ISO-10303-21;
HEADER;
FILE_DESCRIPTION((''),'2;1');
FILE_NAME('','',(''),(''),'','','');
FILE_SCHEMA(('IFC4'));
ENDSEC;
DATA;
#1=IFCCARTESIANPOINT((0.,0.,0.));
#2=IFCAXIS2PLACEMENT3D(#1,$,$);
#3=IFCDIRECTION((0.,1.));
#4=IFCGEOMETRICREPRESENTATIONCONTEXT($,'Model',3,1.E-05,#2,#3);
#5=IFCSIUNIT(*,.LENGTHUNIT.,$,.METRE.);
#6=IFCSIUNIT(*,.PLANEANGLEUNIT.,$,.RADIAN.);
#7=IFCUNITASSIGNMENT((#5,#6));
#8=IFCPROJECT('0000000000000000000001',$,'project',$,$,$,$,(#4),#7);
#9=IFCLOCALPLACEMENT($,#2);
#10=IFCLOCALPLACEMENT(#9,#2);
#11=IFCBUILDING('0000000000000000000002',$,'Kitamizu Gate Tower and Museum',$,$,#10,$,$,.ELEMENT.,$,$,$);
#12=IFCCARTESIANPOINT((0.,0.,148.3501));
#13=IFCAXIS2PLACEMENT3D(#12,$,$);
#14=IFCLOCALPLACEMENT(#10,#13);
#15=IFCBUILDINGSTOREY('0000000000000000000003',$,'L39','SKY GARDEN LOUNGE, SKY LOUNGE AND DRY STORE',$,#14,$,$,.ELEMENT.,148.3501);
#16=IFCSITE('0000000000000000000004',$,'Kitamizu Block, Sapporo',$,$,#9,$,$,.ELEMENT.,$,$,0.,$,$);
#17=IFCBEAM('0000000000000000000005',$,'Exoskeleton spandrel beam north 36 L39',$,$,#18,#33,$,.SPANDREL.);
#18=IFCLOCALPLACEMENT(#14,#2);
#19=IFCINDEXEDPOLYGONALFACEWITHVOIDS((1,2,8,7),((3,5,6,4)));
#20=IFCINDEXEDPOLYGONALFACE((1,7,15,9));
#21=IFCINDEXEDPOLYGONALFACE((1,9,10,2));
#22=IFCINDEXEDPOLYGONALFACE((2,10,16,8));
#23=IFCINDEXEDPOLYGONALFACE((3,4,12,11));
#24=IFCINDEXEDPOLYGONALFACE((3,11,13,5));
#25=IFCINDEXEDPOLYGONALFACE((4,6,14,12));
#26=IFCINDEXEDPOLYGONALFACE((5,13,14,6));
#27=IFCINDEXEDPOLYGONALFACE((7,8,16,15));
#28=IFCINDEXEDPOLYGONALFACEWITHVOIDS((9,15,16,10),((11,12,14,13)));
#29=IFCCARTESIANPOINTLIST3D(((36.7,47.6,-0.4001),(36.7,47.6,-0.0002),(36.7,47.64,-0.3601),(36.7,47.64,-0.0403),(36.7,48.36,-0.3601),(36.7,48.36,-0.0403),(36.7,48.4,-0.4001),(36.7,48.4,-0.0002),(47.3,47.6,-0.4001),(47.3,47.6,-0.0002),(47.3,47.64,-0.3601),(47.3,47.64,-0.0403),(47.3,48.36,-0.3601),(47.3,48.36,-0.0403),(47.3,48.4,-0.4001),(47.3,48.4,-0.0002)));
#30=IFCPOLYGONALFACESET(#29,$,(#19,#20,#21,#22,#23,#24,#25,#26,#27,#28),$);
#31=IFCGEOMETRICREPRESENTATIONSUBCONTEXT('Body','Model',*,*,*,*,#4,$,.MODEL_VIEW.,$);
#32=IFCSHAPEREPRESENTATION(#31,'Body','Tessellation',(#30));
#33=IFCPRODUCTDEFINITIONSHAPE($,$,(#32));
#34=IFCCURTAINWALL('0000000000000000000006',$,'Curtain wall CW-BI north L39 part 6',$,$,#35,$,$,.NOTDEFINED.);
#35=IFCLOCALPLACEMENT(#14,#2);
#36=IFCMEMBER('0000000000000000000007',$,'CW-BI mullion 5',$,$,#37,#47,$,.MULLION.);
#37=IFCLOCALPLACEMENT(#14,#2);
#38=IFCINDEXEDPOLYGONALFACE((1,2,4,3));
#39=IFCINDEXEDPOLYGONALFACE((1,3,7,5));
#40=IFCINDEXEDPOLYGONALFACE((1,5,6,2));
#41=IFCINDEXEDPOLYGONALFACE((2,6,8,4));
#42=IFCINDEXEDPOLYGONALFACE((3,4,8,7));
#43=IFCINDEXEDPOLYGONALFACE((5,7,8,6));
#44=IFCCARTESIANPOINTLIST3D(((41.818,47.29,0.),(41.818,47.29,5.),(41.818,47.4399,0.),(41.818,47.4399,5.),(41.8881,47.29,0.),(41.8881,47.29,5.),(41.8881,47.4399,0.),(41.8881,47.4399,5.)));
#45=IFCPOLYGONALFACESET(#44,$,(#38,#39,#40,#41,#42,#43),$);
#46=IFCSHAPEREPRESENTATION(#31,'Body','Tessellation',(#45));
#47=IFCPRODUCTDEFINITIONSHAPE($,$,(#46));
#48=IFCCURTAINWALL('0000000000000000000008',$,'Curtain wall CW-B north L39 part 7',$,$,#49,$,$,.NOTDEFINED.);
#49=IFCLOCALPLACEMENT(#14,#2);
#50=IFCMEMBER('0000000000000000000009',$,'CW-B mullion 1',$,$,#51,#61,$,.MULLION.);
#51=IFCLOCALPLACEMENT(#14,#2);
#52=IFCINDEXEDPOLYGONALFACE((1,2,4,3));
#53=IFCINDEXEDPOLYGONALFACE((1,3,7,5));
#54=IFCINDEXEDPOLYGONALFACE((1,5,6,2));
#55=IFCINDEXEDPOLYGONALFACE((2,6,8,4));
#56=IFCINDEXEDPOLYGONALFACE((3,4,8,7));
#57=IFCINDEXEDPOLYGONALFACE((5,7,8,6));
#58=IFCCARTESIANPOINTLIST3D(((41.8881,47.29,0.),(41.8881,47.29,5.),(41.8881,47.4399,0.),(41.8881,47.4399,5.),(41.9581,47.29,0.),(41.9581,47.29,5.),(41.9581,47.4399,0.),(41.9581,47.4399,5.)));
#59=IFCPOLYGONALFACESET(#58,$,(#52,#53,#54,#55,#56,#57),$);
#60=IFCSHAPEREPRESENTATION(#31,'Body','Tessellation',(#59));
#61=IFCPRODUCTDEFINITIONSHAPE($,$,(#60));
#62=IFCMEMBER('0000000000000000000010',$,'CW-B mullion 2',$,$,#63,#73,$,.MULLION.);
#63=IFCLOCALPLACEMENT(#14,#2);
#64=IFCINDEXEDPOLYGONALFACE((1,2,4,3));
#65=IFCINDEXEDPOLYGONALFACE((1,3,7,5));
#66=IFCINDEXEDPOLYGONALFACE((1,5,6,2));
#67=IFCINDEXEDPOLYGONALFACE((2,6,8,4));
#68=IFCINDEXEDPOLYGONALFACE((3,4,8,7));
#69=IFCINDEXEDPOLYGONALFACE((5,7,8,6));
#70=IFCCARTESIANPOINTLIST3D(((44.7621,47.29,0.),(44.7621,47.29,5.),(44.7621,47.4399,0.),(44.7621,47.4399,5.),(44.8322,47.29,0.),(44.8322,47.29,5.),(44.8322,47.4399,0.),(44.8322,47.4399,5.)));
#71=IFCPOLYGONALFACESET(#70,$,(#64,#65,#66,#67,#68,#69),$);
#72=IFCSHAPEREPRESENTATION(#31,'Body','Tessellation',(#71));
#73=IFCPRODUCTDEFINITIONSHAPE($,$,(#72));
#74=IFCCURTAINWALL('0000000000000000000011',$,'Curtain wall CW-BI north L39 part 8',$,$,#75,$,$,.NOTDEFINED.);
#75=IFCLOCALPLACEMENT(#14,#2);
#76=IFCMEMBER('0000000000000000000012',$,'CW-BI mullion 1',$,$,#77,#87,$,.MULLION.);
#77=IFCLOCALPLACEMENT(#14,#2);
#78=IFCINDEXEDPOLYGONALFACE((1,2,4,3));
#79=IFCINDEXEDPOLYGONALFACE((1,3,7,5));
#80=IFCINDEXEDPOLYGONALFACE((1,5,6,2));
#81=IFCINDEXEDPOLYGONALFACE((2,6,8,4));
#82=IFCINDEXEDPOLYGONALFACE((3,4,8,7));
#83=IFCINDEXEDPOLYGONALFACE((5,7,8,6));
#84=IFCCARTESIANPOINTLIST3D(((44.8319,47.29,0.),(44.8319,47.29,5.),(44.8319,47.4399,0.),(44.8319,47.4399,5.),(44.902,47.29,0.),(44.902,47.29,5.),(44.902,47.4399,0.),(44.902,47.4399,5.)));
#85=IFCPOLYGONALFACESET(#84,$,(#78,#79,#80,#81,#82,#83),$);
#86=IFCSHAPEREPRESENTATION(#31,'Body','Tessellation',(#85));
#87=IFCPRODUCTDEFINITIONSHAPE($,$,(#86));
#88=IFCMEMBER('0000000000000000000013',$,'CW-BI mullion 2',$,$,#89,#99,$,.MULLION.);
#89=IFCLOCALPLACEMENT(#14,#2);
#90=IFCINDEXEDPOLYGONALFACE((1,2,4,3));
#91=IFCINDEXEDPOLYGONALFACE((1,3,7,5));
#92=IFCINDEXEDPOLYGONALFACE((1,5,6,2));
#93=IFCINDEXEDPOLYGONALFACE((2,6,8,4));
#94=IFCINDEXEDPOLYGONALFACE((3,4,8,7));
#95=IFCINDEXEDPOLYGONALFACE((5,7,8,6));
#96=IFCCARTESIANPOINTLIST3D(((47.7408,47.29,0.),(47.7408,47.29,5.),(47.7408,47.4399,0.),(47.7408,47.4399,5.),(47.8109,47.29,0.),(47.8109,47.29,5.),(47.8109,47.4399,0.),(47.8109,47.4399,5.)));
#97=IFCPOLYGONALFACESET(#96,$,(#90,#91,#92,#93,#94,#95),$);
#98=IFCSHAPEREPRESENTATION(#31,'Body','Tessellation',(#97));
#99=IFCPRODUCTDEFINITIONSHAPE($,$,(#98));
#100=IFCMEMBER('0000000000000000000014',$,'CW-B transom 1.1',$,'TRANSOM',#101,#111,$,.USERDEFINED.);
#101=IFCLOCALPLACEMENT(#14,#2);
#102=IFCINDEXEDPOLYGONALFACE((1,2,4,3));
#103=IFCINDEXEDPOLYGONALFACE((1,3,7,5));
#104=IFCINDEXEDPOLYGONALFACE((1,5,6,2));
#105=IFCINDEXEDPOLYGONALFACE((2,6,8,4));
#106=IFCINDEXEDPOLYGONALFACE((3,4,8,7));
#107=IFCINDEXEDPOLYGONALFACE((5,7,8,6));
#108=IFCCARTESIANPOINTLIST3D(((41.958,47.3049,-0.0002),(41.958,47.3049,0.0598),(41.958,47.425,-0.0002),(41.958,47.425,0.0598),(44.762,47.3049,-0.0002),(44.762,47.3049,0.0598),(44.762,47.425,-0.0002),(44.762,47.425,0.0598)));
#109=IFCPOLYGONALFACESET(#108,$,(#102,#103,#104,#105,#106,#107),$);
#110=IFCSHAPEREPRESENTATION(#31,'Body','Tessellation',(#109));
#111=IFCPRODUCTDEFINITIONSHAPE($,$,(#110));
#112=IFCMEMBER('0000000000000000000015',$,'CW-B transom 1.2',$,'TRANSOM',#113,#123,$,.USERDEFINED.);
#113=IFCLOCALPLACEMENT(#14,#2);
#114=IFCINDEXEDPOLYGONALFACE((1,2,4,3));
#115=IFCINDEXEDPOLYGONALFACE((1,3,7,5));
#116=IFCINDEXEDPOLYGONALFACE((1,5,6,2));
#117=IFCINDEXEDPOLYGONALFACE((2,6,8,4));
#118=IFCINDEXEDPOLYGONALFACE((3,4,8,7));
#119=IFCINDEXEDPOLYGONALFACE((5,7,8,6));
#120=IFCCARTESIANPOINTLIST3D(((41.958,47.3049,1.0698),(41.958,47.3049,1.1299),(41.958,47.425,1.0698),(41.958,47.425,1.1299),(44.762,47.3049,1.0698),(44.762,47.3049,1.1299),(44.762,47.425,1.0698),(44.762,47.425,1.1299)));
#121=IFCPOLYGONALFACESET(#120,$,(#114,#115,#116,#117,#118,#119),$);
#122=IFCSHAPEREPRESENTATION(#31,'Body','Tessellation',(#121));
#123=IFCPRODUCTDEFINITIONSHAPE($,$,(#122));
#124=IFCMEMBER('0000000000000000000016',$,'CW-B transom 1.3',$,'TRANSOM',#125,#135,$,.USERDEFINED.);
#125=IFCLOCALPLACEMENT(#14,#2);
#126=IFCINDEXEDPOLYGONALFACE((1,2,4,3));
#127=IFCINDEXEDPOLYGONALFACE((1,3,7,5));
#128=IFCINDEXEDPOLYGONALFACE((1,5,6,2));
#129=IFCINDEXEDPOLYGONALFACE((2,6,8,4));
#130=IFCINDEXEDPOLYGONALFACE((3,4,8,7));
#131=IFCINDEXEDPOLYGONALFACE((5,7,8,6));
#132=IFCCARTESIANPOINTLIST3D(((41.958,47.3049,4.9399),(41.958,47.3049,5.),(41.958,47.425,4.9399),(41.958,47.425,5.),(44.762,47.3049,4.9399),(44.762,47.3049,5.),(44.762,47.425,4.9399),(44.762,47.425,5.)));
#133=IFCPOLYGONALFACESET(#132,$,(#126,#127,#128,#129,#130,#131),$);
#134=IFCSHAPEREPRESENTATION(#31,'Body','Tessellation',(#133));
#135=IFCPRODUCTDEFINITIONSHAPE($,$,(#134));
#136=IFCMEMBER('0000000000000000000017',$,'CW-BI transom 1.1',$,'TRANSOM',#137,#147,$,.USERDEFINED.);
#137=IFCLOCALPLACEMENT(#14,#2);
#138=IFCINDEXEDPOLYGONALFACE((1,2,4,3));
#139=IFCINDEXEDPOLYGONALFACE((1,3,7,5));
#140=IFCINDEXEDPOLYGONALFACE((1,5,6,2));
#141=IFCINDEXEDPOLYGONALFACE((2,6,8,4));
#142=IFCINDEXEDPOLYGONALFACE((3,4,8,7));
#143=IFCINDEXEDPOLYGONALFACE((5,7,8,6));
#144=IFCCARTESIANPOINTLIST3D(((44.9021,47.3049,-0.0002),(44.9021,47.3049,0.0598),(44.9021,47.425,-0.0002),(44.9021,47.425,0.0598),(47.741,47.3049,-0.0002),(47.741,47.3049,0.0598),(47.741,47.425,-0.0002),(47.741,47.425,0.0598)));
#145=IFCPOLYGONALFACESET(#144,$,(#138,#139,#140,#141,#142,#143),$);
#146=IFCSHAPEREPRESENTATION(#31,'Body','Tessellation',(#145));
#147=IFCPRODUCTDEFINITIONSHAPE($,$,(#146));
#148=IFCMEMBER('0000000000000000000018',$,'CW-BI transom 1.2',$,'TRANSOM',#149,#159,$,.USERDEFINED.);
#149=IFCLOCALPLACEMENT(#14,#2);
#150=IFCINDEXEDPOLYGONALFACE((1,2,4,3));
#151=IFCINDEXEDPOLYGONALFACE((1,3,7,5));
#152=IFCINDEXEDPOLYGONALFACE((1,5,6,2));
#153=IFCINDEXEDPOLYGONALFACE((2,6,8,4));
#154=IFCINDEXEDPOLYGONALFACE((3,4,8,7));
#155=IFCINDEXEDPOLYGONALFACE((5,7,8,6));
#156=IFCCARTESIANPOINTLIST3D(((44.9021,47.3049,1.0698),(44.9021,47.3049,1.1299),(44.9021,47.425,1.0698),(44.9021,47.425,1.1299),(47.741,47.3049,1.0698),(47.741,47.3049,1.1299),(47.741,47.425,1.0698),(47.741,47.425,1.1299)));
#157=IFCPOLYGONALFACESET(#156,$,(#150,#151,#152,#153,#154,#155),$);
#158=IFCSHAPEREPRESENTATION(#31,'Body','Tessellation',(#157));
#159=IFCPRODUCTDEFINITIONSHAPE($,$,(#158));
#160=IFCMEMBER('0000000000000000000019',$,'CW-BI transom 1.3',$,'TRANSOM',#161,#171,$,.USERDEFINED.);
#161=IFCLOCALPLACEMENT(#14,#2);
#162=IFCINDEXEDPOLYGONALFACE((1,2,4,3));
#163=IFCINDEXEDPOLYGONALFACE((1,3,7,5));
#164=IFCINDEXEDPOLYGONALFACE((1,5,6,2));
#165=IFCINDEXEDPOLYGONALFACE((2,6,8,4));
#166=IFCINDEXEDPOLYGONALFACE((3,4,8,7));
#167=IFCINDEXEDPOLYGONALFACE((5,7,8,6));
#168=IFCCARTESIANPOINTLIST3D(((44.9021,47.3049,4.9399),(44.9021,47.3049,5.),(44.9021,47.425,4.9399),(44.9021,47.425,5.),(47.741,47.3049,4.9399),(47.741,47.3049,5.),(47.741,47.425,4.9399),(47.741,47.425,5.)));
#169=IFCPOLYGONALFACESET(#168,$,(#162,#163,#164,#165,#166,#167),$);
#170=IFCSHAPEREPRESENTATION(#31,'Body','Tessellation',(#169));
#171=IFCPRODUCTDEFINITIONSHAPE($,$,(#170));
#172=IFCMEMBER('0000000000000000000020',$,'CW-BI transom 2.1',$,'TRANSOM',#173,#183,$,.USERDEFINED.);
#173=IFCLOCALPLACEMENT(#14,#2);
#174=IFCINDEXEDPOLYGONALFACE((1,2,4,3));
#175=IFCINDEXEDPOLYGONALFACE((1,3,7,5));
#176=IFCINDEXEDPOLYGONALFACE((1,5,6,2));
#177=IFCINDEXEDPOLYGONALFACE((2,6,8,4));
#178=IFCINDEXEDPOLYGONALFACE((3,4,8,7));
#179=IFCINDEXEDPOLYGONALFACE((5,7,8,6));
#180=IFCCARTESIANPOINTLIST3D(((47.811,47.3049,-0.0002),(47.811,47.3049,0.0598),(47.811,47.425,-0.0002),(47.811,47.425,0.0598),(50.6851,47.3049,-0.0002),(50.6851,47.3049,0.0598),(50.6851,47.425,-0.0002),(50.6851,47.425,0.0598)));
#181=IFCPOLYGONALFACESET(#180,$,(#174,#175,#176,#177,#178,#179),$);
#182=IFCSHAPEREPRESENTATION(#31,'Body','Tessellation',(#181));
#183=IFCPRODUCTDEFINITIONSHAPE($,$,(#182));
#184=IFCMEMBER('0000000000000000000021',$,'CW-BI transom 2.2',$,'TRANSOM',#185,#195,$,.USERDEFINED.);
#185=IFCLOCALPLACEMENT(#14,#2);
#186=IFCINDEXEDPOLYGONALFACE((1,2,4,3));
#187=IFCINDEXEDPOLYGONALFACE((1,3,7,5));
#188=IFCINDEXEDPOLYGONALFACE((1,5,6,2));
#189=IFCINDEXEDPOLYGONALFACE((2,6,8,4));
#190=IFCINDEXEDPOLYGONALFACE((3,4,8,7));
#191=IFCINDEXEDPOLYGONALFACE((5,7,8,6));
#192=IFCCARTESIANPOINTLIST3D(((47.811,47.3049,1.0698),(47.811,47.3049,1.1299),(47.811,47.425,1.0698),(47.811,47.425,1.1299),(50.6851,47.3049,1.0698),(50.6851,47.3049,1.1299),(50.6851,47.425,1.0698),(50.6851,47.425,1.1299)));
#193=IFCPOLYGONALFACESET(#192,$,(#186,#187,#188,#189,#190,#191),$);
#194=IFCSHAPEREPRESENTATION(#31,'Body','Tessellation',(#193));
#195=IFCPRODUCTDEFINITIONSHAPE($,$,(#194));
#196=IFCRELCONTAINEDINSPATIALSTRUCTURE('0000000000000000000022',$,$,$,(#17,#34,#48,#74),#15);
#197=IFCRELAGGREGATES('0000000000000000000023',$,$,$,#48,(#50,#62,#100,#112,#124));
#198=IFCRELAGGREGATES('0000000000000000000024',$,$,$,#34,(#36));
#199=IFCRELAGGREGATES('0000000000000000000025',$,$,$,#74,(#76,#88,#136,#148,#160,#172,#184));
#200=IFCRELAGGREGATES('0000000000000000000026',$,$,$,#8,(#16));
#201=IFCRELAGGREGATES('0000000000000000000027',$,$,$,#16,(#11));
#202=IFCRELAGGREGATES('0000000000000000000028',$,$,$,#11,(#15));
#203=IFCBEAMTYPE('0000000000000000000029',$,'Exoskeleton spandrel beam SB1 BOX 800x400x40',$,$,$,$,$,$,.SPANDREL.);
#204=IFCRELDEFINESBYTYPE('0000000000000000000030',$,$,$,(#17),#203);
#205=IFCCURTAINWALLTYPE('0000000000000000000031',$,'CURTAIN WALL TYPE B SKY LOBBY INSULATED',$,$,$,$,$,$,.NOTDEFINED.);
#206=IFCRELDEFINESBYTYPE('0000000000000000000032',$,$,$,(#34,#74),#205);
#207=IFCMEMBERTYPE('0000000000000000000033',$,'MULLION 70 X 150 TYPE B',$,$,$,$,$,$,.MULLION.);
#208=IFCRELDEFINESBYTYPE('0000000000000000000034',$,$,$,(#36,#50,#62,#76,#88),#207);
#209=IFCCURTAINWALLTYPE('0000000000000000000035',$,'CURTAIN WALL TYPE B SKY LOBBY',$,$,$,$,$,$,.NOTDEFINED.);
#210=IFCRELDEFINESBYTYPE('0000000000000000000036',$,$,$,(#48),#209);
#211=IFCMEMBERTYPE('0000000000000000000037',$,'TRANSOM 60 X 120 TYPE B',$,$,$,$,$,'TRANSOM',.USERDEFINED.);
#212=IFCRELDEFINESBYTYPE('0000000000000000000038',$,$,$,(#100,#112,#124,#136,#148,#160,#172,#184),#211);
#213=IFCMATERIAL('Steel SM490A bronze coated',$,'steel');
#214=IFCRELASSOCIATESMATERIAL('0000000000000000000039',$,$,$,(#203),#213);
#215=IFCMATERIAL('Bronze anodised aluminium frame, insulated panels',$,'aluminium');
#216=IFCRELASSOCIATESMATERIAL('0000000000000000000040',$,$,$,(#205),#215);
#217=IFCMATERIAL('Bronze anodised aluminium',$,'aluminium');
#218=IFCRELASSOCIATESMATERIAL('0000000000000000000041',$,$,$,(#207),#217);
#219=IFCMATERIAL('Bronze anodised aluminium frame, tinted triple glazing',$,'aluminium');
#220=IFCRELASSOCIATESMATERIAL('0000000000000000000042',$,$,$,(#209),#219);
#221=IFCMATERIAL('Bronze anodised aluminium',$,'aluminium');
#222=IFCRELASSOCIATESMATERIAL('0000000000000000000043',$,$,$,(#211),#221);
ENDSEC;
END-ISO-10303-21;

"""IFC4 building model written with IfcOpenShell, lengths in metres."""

from ifc_helpers import new_model, si_unit, direction, frame, origin, origin_2d, place, context, subcontext, project, spatial, rectangle, hollow_rectangle, extrude, material, material_profile, profile_set, type_object, element, aggregate, save


model = new_model("IFC4")

# Units and contexts
model_context = context("Model", 3, precision=1e-05, world=origin(), true_north=direction((0.0, 1.0)))
body_context = subcontext(model_context, "Body", "Model", "MODEL_VIEW")
ifc_project = project(units=[si_unit("LENGTHUNIT", "METRE"), si_unit("PLANEANGLEUNIT", "RADIAN")], contexts=[model_context])

# Site, building, storey
site_placement = place(None, origin())
site = spatial("IfcSite", under=ifc_project, at=site_placement, Name="Kitamizu Block, Sapporo", CompositionType="ELEMENT", RefElevation=0.0)
building_placement = place(site_placement, origin())
building = spatial("IfcBuilding", under=site, at=building_placement, Name="Kitamizu Gate Tower and Museum", CompositionType="ELEMENT")
storey_placement = place(building_placement, frame((0.0, 0.0, 148.3501)))
storey = spatial("IfcBuildingStorey", under=building, at=storey_placement, Name="L39", Description="SKY GARDEN LOUNGE, SKY LOUNGE AND DRY STORE", CompositionType="ELEMENT", Elevation=148.3501)

# Beam
ifc_material_1 = material(Name="Steel SM490A bronze coated", Category="steel")
ifc_material_profile_1 = material_profile(ifc_material_1, hollow_rectangle(XDim=0.8, YDim=0.3999, WallThickness=0.04, at=origin_2d()), Name="BOX 800x400x40")
ifc_profile_set_1 = profile_set([ifc_material_profile_1], Name="Steel SM490A bronze coated")
beam_type = type_object("IfcBeamType", Name="Exoskeleton spandrel beam SB1 BOX 800x400x40", PredefinedType="SPANDREL", material=ifc_profile_set_1)
beam_placement = place(storey_placement, frame((36.7, 48.0, -0.2002), z_axis=(1.0, 0.0, 0.0), x_axis=(0.0, 1.0, 0.0)))
element("IfcBeam", 1, at=beam_placement, inside=storey, type_object=beam_type, Name="Exoskeleton spandrel beam north 36 L39", PredefinedType="SPANDREL", context=body_context, shape_type="SweptSolid", body=[
    extrude(hollow_rectangle(XDim=0.8, YDim=0.3999, WallThickness=0.04, at=origin_2d()), origin(), (0.0, 0.0, 1.0), 10.6001),
])

# Curtain wall, member
ifc_material_2 = material(Name="Bronze anodised aluminium frame, insulated panels", Category="aluminium")
curtain_wall_type_1 = type_object("IfcCurtainWallType", Name="CURTAIN WALL TYPE B SKY LOBBY INSULATED", PredefinedType="NOTDEFINED", material=ifc_material_2)
curtain_wall_1_placement = place(storey_placement, origin())
curtain_wall_1 = element("IfcCurtainWall", 2, at=curtain_wall_1_placement, inside=storey, type_object=curtain_wall_type_1, Name="Curtain wall CW-BI north L39 part 6", PredefinedType="NOTDEFINED")
ifc_material_3 = material(Name="Bronze anodised aluminium", Category="aluminium")
ifc_material_profile_2 = material_profile(ifc_material_3, rectangle(XDim=0.0701, YDim=0.1499, at=origin_2d()), Name="AL 70X150")
ifc_profile_set_2 = profile_set([ifc_material_profile_2], Name="Bronze anodised aluminium")
member_type_1 = type_object("IfcMemberType", Name="MULLION 70 X 150 TYPE B", PredefinedType="MULLION", material=ifc_profile_set_2)
member_1_placement = place(storey_placement, frame((41.853, 47.365, 0.0), z_axis=(0.0, 0.0, 1.0), x_axis=(1.0, 0.0, 0.0)))
member_1 = element("IfcMember", 3, at=member_1_placement, type_object=member_type_1, Name="CW-BI mullion 5", PredefinedType="MULLION", context=body_context, shape_type="SweptSolid", body=[
    extrude(rectangle(XDim=0.0701, YDim=0.1499, at=origin_2d()), origin(), (0.0, 0.0, 1.0), 5.0),
])

# Curtain walls, members
ifc_material_4 = material(Name="Bronze anodised aluminium frame, tinted triple glazing", Category="aluminium")
curtain_wall_type_2 = type_object("IfcCurtainWallType", Name="CURTAIN WALL TYPE B SKY LOBBY", PredefinedType="NOTDEFINED", material=ifc_material_4)
curtain_wall_2_placement = place(storey_placement, origin())
curtain_wall_2 = element("IfcCurtainWall", 4, at=curtain_wall_2_placement, inside=storey, type_object=curtain_wall_type_2, Name="Curtain wall CW-B north L39 part 7", PredefinedType="NOTDEFINED")
member_2_placement = place(storey_placement, frame((41.9231, 47.365, 0.0), z_axis=(0.0, 0.0, 1.0), x_axis=(1.0, 0.0, 0.0)))
member_2 = element("IfcMember", 5, at=member_2_placement, type_object=member_type_1, Name="CW-B mullion 1", PredefinedType="MULLION", context=body_context, shape_type="SweptSolid", body=[
    extrude(rectangle(XDim=0.0701, YDim=0.1499, at=origin_2d()), origin(), (0.0, 0.0, 1.0), 5.0),
])
member_3_placement = place(storey_placement, frame((44.7971, 47.365, 0.0), z_axis=(0.0, 0.0, 1.0), x_axis=(1.0, 0.0, 0.0)))
member_3 = element("IfcMember", 6, at=member_3_placement, type_object=member_type_1, Name="CW-B mullion 2", PredefinedType="MULLION", context=body_context, shape_type="SweptSolid", body=[
    extrude(rectangle(XDim=0.0701, YDim=0.1499, at=origin_2d()), origin(), (0.0, 0.0, 1.0), 5.0),
])
curtain_wall_3_placement = place(storey_placement, origin())
curtain_wall_3 = element("IfcCurtainWall", 7, at=curtain_wall_3_placement, inside=storey, type_object=curtain_wall_type_1, Name="Curtain wall CW-BI north L39 part 8", PredefinedType="NOTDEFINED")
member_4_placement = place(storey_placement, frame((44.8669, 47.365, 0.0), z_axis=(0.0, 0.0, 1.0), x_axis=(1.0, 0.0, 0.0)))
member_4 = element("IfcMember", 8, at=member_4_placement, type_object=member_type_1, Name="CW-BI mullion 1", PredefinedType="MULLION", context=body_context, shape_type="SweptSolid", body=[
    extrude(rectangle(XDim=0.0701, YDim=0.1499, at=origin_2d()), origin(), (0.0, 0.0, 1.0), 5.0),
])
member_5_placement = place(storey_placement, frame((47.7759, 47.365, 0.0), z_axis=(0.0, 0.0, 1.0), x_axis=(1.0, 0.0, 0.0)))
member_5 = element("IfcMember", 9, at=member_5_placement, type_object=member_type_1, Name="CW-BI mullion 2", PredefinedType="MULLION", context=body_context, shape_type="SweptSolid", body=[
    extrude(rectangle(XDim=0.0701, YDim=0.1499, at=origin_2d()), origin(), (0.0, 0.0, 1.0), 5.0),
])

# Members
ifc_material_5 = material(Name="Bronze anodised aluminium", Category="aluminium")
ifc_material_profile_3 = material_profile(ifc_material_5, rectangle(XDim=0.1201, YDim=0.0601, at=origin_2d()), Name="AL 60X120")
ifc_profile_set_3 = profile_set([ifc_material_profile_3], Name="Bronze anodised aluminium")
member_type_2 = type_object("IfcMemberType", Name="TRANSOM 60 X 120 TYPE B", ElementType="TRANSOM", PredefinedType="USERDEFINED", material=ifc_profile_set_3)
member_6_placement = place(storey_placement, frame((41.958, 47.365, 0.0298), z_axis=(1.0, 0.0, 0.0), x_axis=(0.0, 1.0, 0.0)))
member_6 = element("IfcMember", 10, at=member_6_placement, type_object=member_type_2, Name="CW-B transom 1.1", ObjectType="TRANSOM", PredefinedType="USERDEFINED", context=body_context, shape_type="SweptSolid", body=[
    extrude(rectangle(XDim=0.1201, YDim=0.0601, at=origin_2d()), origin(), (0.0, 0.0, 1.0), 2.804),
])
member_7_placement = place(storey_placement, frame((41.958, 47.365, 1.0999), z_axis=(1.0, 0.0, 0.0), x_axis=(0.0, 1.0, 0.0)))
member_7 = element("IfcMember", 11, at=member_7_placement, type_object=member_type_2, Name="CW-B transom 1.2", ObjectType="TRANSOM", PredefinedType="USERDEFINED", context=body_context, shape_type="SweptSolid", body=[
    extrude(rectangle(XDim=0.1201, YDim=0.0601, at=origin_2d()), origin(), (0.0, 0.0, 1.0), 2.804),
])
member_8_placement = place(storey_placement, frame((41.958, 47.365, 4.97), z_axis=(1.0, 0.0, 0.0), x_axis=(0.0, 1.0, 0.0)))
member_8 = element("IfcMember", 12, at=member_8_placement, type_object=member_type_2, Name="CW-B transom 1.3", ObjectType="TRANSOM", PredefinedType="USERDEFINED", context=body_context, shape_type="SweptSolid", body=[
    extrude(rectangle(XDim=0.1201, YDim=0.0601, at=origin_2d()), origin(), (0.0, 0.0, 1.0), 2.804),
])
member_9_placement = place(storey_placement, frame((44.9021, 47.365, 0.0298), z_axis=(1.0, 0.0, 0.0), x_axis=(0.0, 1.0, 0.0)))
member_9 = element("IfcMember", 13, at=member_9_placement, type_object=member_type_2, Name="CW-BI transom 1.1", ObjectType="TRANSOM", PredefinedType="USERDEFINED", context=body_context, shape_type="SweptSolid", body=[
    extrude(rectangle(XDim=0.1201, YDim=0.0601, at=origin_2d()), origin(), (0.0, 0.0, 1.0), 2.8389),
])
member_10_placement = place(storey_placement, frame((44.9021, 47.365, 1.0999), z_axis=(1.0, 0.0, 0.0), x_axis=(0.0, 1.0, 0.0)))
member_10 = element("IfcMember", 14, at=member_10_placement, type_object=member_type_2, Name="CW-BI transom 1.2", ObjectType="TRANSOM", PredefinedType="USERDEFINED", context=body_context, shape_type="SweptSolid", body=[
    extrude(rectangle(XDim=0.1201, YDim=0.0601, at=origin_2d()), origin(), (0.0, 0.0, 1.0), 2.8389),
])
member_11_placement = place(storey_placement, frame((44.9021, 47.365, 4.97), z_axis=(1.0, 0.0, 0.0), x_axis=(0.0, 1.0, 0.0)))
member_11 = element("IfcMember", 15, at=member_11_placement, type_object=member_type_2, Name="CW-BI transom 1.3", ObjectType="TRANSOM", PredefinedType="USERDEFINED", context=body_context, shape_type="SweptSolid", body=[
    extrude(rectangle(XDim=0.1201, YDim=0.0601, at=origin_2d()), origin(), (0.0, 0.0, 1.0), 2.8389),
])
member_12_placement = place(storey_placement, frame((47.811, 47.365, 0.0298), z_axis=(1.0, 0.0, 0.0), x_axis=(0.0, 1.0, 0.0)))
member_12 = element("IfcMember", 16, at=member_12_placement, type_object=member_type_2, Name="CW-BI transom 2.1", ObjectType="TRANSOM", PredefinedType="USERDEFINED", context=body_context, shape_type="SweptSolid", body=[
    extrude(rectangle(XDim=0.1201, YDim=0.0601, at=origin_2d()), origin(), (0.0, 0.0, 1.0), 2.874),
])
member_13_placement = place(storey_placement, frame((47.811, 47.365, 1.0999), z_axis=(1.0, 0.0, 0.0), x_axis=(0.0, 1.0, 0.0)))
member_13 = element("IfcMember", 17, at=member_13_placement, type_object=member_type_2, Name="CW-BI transom 2.2", ObjectType="TRANSOM", PredefinedType="USERDEFINED", context=body_context, shape_type="SweptSolid", body=[
    extrude(rectangle(XDim=0.1201, YDim=0.0601, at=origin_2d()), origin(), (0.0, 0.0, 1.0), 2.874),
])

aggregate(curtain_wall_2, [member_2, member_3, member_6, member_7, member_8])
aggregate(curtain_wall_1, [member_1])
aggregate(curtain_wall_3, [member_4, member_5, member_9, member_10, member_11, member_12, member_13])

save(model, "model.ifc")
